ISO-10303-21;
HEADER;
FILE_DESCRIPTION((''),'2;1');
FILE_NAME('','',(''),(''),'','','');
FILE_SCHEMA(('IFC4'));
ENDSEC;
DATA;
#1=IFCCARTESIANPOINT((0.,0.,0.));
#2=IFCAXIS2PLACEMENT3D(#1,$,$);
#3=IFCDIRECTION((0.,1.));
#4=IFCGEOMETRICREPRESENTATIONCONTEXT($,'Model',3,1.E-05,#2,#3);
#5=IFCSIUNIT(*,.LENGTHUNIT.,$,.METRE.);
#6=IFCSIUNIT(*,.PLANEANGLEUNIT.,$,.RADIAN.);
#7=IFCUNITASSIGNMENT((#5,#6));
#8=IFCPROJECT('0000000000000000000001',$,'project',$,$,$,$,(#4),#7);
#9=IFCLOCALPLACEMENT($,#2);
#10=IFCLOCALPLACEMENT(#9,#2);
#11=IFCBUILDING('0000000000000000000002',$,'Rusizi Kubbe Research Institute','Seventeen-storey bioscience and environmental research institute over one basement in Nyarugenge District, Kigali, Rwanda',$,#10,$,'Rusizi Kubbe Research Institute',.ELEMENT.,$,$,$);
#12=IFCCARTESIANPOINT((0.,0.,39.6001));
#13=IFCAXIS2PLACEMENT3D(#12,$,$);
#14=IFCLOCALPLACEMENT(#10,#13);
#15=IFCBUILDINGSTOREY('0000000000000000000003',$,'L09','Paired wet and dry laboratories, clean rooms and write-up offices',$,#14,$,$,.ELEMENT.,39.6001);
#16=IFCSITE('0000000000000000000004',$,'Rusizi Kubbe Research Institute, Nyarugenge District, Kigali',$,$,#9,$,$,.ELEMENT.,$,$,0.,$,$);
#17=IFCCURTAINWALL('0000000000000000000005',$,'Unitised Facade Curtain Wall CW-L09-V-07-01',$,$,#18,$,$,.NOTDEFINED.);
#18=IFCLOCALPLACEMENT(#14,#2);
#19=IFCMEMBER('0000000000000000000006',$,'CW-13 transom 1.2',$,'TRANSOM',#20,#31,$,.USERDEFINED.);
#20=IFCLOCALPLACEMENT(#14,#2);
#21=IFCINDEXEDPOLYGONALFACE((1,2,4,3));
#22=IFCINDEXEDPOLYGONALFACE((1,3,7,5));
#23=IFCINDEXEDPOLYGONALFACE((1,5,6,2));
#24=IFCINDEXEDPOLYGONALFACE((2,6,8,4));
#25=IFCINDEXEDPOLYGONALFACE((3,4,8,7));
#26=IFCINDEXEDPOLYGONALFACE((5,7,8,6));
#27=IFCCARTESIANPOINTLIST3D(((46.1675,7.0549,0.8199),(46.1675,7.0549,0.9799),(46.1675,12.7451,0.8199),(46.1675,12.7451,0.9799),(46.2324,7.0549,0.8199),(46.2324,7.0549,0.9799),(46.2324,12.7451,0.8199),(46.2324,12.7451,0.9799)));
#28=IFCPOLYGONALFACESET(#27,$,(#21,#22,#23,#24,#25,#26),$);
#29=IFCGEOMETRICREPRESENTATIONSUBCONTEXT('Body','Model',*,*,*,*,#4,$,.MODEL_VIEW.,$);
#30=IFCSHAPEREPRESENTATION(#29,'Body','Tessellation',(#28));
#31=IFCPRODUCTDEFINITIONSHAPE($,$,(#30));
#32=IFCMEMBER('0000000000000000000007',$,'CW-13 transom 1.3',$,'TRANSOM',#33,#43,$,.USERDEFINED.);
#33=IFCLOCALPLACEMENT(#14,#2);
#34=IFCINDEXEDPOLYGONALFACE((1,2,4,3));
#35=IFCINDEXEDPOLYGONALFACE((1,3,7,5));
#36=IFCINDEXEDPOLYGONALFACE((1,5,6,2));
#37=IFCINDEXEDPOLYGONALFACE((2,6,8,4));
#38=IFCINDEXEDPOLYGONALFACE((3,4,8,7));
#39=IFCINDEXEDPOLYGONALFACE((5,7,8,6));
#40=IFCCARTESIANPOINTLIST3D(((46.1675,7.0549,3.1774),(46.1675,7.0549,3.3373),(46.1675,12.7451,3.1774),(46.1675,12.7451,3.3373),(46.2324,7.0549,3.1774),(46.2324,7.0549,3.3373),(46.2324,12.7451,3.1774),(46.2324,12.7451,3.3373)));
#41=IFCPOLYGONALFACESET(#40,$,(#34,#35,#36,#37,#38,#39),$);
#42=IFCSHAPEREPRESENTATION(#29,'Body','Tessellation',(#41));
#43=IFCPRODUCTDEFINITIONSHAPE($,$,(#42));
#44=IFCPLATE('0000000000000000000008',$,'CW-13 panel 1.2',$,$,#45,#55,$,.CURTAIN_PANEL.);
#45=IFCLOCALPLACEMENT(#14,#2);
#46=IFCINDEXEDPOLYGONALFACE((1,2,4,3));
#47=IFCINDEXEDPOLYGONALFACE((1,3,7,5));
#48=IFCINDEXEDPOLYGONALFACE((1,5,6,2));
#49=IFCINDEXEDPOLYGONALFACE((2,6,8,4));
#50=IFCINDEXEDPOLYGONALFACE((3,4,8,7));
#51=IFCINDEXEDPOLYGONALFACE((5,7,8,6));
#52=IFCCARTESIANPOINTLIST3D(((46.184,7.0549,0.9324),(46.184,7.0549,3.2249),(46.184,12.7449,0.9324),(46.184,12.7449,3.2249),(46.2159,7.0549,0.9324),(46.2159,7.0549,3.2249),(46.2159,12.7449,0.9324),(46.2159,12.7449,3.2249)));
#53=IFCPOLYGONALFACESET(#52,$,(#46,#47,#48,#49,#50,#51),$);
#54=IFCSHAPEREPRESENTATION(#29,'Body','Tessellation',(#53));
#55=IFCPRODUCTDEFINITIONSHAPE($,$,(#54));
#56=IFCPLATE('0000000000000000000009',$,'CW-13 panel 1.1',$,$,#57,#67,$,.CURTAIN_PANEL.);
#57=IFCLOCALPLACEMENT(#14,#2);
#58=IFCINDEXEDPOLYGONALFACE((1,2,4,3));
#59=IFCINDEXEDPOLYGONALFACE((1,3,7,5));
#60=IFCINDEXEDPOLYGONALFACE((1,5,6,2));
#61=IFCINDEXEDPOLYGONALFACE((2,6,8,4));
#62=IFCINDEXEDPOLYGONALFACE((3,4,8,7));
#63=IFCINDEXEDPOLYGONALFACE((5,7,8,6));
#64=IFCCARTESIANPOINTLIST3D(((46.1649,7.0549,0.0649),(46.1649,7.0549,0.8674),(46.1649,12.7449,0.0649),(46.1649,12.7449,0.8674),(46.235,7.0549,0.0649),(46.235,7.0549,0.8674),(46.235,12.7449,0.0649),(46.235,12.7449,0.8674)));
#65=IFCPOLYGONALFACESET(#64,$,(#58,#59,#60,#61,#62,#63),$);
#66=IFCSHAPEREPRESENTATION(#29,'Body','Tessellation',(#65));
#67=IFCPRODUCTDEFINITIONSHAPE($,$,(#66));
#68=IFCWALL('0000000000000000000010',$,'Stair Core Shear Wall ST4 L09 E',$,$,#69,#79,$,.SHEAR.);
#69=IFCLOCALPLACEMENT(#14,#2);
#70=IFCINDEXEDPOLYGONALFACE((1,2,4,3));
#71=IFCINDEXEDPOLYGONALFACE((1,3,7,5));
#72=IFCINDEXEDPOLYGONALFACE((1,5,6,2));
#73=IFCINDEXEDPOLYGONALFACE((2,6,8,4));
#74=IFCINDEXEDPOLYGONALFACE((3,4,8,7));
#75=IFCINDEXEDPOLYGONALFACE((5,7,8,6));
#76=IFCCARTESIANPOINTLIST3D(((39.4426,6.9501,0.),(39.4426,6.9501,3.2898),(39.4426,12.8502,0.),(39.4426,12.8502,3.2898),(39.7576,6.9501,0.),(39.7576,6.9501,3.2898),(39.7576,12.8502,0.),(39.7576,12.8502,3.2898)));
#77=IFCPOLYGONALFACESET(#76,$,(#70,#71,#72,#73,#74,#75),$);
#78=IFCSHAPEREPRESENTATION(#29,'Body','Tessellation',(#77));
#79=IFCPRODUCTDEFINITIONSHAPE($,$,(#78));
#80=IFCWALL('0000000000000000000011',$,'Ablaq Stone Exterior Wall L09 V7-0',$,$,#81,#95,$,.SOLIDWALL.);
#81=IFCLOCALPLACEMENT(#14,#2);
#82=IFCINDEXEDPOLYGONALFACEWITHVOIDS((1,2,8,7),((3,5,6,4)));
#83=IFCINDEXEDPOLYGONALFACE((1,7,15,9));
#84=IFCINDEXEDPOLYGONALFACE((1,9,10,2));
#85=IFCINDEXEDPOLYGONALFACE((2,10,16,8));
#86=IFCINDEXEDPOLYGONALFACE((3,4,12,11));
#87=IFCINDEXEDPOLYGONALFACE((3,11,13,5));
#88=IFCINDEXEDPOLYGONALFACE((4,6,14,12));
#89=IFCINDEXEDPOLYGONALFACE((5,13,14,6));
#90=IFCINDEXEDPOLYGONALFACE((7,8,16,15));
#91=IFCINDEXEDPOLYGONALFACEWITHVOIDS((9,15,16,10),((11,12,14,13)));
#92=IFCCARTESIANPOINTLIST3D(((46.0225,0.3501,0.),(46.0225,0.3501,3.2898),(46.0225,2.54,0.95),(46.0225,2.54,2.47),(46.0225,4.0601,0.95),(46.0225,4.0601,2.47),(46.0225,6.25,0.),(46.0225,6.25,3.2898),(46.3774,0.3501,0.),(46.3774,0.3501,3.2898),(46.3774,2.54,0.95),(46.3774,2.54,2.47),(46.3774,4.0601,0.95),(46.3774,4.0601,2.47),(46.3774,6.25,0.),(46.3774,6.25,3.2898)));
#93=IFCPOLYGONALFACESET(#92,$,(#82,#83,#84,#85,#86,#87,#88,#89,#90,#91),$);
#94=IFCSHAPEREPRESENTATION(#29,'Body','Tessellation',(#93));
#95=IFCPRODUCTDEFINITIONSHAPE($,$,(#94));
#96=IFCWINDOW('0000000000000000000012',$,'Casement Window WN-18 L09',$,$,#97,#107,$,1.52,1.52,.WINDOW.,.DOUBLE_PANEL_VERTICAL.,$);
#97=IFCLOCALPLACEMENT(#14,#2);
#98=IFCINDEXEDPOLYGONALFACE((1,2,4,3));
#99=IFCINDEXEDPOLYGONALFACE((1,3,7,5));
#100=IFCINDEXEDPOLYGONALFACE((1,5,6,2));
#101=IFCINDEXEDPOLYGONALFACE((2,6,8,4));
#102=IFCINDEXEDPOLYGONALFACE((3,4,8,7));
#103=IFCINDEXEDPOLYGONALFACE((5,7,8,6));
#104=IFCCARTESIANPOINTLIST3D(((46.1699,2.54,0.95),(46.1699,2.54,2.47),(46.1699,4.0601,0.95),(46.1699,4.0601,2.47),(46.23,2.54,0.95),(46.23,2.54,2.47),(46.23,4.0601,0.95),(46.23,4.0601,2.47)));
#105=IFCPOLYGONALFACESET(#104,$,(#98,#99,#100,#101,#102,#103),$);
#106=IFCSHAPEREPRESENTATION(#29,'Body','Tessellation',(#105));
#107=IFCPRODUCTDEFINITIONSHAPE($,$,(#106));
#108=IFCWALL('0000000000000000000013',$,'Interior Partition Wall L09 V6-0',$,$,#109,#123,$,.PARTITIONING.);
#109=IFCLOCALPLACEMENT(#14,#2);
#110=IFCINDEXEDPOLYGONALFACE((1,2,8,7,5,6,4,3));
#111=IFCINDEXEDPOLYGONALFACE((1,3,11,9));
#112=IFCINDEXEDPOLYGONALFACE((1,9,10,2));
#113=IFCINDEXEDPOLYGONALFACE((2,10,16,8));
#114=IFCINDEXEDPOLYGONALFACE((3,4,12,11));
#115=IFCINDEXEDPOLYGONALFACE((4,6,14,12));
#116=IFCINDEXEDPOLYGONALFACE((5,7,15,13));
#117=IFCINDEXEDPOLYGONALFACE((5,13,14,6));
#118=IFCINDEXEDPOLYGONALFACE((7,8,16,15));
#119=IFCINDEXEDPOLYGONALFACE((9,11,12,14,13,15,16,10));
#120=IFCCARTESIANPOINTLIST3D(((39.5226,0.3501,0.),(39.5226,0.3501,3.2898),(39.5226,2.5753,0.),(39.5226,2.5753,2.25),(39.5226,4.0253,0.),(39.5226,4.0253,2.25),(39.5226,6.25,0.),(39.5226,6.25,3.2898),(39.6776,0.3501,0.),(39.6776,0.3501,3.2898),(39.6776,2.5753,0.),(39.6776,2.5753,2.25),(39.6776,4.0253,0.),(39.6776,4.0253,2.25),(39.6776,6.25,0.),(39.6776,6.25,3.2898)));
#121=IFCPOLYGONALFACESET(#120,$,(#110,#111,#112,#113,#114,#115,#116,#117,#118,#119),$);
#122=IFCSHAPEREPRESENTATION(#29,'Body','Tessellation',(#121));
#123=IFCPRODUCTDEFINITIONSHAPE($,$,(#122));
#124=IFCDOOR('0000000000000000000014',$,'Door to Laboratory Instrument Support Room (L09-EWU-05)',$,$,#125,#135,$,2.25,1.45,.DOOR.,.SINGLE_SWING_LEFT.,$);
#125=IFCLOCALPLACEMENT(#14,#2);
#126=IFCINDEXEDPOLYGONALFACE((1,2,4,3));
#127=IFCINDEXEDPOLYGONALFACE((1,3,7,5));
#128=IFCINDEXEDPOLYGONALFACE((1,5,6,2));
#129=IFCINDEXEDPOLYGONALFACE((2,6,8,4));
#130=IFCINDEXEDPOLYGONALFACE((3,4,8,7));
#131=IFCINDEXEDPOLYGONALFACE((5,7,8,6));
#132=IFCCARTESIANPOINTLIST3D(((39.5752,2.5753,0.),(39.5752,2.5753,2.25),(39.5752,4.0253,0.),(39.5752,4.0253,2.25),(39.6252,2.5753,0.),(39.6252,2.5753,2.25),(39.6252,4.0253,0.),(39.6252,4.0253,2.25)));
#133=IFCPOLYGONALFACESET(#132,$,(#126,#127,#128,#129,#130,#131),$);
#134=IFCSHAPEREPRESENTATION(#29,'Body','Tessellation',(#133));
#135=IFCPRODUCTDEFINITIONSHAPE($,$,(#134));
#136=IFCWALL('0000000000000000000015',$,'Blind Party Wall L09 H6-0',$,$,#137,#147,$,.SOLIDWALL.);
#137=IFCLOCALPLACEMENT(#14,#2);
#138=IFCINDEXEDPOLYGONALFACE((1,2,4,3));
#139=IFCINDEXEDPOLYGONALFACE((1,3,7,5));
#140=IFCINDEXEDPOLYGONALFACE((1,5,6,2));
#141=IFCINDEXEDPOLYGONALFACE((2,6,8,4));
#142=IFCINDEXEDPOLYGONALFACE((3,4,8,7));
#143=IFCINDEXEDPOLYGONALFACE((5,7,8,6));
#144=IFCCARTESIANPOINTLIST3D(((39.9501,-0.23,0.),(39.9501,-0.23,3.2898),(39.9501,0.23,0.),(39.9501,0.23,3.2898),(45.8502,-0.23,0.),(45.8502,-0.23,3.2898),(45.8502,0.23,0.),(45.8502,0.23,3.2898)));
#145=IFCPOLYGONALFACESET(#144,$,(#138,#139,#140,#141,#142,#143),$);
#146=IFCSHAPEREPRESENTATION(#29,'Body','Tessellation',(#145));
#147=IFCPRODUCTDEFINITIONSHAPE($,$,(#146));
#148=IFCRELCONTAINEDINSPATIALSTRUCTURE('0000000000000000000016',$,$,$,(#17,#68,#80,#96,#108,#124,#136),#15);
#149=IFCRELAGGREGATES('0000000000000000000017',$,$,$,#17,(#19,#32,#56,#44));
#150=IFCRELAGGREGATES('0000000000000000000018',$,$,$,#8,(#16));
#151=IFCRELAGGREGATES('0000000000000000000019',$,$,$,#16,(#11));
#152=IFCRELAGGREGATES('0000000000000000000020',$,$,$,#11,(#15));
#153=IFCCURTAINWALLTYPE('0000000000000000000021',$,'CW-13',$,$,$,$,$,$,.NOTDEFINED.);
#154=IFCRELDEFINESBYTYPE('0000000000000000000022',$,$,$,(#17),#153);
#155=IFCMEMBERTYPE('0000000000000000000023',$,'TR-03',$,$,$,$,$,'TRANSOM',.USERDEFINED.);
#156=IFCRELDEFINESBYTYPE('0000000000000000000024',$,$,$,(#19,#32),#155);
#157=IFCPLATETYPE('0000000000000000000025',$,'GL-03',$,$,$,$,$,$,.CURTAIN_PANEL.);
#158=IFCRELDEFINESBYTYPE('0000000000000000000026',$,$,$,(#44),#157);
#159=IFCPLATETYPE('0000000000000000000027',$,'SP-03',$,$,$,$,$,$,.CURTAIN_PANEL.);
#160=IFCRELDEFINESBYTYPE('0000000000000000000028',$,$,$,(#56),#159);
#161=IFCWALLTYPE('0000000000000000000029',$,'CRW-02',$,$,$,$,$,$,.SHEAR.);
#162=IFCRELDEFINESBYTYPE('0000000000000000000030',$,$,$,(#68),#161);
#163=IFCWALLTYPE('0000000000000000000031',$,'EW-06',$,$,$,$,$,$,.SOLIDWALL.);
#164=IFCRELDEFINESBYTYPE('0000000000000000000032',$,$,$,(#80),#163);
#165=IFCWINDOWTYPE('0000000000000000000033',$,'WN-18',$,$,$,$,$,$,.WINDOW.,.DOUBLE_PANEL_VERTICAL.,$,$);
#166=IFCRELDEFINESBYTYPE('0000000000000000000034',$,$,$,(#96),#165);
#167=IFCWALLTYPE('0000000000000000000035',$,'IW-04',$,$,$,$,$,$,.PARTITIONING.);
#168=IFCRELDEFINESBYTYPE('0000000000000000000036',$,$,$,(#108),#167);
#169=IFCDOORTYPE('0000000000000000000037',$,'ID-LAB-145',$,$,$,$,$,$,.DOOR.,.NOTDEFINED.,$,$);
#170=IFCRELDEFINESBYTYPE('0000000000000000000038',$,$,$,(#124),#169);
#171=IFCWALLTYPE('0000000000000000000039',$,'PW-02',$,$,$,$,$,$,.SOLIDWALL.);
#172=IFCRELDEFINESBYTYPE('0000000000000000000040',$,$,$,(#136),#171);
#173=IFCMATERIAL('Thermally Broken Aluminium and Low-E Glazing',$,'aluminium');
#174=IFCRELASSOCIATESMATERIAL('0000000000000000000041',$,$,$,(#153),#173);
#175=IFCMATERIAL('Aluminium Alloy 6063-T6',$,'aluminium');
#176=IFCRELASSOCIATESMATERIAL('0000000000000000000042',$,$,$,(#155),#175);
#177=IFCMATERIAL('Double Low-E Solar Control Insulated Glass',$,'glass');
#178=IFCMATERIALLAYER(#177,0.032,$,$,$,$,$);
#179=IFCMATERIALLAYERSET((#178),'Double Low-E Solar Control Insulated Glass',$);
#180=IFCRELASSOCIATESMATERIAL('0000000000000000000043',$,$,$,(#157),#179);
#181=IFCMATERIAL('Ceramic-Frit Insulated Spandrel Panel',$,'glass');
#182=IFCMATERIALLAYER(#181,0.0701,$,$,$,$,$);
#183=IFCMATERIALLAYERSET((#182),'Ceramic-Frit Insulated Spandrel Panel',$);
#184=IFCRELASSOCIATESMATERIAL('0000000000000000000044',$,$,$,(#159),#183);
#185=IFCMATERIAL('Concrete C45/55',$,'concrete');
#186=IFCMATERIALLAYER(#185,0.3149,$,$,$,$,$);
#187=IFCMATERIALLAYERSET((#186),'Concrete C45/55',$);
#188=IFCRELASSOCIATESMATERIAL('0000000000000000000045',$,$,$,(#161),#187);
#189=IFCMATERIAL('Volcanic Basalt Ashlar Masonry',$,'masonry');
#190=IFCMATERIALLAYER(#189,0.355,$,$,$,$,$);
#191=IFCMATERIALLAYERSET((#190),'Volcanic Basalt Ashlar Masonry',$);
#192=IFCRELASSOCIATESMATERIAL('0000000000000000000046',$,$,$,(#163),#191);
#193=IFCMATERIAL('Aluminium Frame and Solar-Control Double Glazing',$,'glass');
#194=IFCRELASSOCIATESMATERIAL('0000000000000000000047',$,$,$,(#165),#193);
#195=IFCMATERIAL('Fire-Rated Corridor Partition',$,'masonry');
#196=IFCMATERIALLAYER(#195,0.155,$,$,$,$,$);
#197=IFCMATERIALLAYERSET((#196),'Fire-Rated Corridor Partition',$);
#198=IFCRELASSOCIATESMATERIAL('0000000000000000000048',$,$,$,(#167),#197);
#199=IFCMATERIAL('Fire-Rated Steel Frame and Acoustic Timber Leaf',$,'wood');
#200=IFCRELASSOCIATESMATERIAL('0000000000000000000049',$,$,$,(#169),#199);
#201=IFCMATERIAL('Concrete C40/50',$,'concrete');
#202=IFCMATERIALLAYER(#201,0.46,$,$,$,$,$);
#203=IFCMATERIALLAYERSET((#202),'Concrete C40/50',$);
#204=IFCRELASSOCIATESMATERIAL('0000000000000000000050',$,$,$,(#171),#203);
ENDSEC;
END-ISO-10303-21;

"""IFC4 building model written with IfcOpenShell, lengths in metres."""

from ifc_helpers import new_model, si_unit, direction, frame, frame_2d, origin, origin_2d, place, context, subcontext, project, spatial, rectangle, extrude, material, layer, layer_set, material_profile, profile_set, type_object, element, fill, aggregate, save


model = new_model("IFC4")

# Units and contexts
model_context = context("Model", 3, precision=1e-05, world=origin(), true_north=direction((0.0, 1.0)))
body_context = subcontext(model_context, "Body", "Model", "MODEL_VIEW")
ifc_project = project(units=[si_unit("LENGTHUNIT", "METRE"), si_unit("PLANEANGLEUNIT", "RADIAN")], contexts=[model_context])

# Site, building, storey
site_placement = place(None, origin())
site = spatial("IfcSite", under=ifc_project, at=site_placement, Name="Rusizi Kubbe Research Institute, Nyarugenge District, Kigali", CompositionType="ELEMENT", RefElevation=0.0)
building_placement = place(site_placement, origin())
building = spatial("IfcBuilding", under=site, at=building_placement, Name="Rusizi Kubbe Research Institute", Description="Seventeen-storey bioscience and environmental research institute over one basement in Nyarugenge District, Kigali, Rwanda", LongName="Rusizi Kubbe Research Institute", CompositionType="ELEMENT")
storey_placement = place(building_placement, frame((0.0, 0.0, 39.6001)))
storey = spatial("IfcBuildingStorey", under=building, at=storey_placement, Name="L09", Description="Paired wet and dry laboratories, clean rooms and write-up offices", CompositionType="ELEMENT", Elevation=39.6001)

# Curtain wall, members, plates
ifc_material_1 = material(Name="Thermally Broken Aluminium and Low-E Glazing", Category="aluminium")
curtain_wall_type = type_object("IfcCurtainWallType", Name="CW-13", PredefinedType="NOTDEFINED", material=ifc_material_1)
curtain_wall_placement = place(storey_placement, origin())
curtain_wall = element("IfcCurtainWall", 1, at=curtain_wall_placement, inside=storey, type_object=curtain_wall_type, Name="Unitised Facade Curtain Wall CW-L09-V-07-01", PredefinedType="NOTDEFINED")
ifc_material_2 = material(Name="Aluminium Alloy 6063-T6", Category="aluminium")
ifc_material_profile_1 = material_profile(ifc_material_2, rectangle(XDim=0.0649, YDim=0.1599, at=origin_2d()), Name="ALU-T 65x160")
ifc_profile_set_1 = profile_set([ifc_material_profile_1], Name="Aluminium Alloy 6063-T6")
member_type_1 = type_object("IfcMemberType", Name="TR-03", ElementType="TRANSOM", PredefinedType="USERDEFINED", material=ifc_profile_set_1)
member_1_placement = place(storey_placement, frame((46.2, 7.0549, 0.8999), z_axis=(0.0, 1.0, 0.0), x_axis=(-1.0, 0.0, 0.0)))
member_1 = element("IfcMember", 2, at=member_1_placement, type_object=member_type_1, Name="CW-13 transom 1.2", ObjectType="TRANSOM", PredefinedType="USERDEFINED", context=body_context, shape_type="SweptSolid", body=[
    extrude(rectangle(XDim=0.0649, YDim=0.1599, at=origin_2d()), origin(), (0.0, 0.0, 1.0), 5.6902),
])
member_2_placement = place(storey_placement, frame((46.2, 7.0549, 3.2573), z_axis=(0.0, 1.0, 0.0), x_axis=(-1.0, 0.0, 0.0)))
member_2 = element("IfcMember", 3, at=member_2_placement, type_object=member_type_1, Name="CW-13 transom 1.3", ObjectType="TRANSOM", PredefinedType="USERDEFINED", context=body_context, shape_type="SweptSolid", body=[
    extrude(rectangle(XDim=0.0649, YDim=0.1599, at=origin_2d()), origin(), (0.0, 0.0, 1.0), 5.6902),
])
ifc_material_3 = material(Name="Double Low-E Solar Control Insulated Glass", Category="glass")
ifc_layer_1 = layer(ifc_material_3, 0.032)
ifc_layer_set_1 = layer_set([ifc_layer_1], Name="Double Low-E Solar Control Insulated Glass")
plate_type_1 = type_object("IfcPlateType", Name="GL-03", PredefinedType="CURTAIN_PANEL", material=ifc_layer_set_1)
plate_1_placement = place(storey_placement, frame((46.2, 9.8999, 0.9324), z_axis=(0.0, 0.0, 1.0), x_axis=(0.0, 1.0, 0.0)))
plate_1 = element("IfcPlate", 4, at=plate_1_placement, type_object=plate_type_1, Name="CW-13 panel 1.2", PredefinedType="CURTAIN_PANEL", context=body_context, shape_type="SweptSolid", body=[
    extrude(rectangle(XDim=5.6899, YDim=0.032, at=origin_2d()), origin(), (0.0, 0.0, 1.0), 2.2925),
])
ifc_material_4 = material(Name="Ceramic-Frit Insulated Spandrel Panel", Category="glass")
ifc_layer_2 = layer(ifc_material_4, 0.0701)
ifc_layer_set_2 = layer_set([ifc_layer_2], Name="Ceramic-Frit Insulated Spandrel Panel")
plate_type_2 = type_object("IfcPlateType", Name="SP-03", PredefinedType="CURTAIN_PANEL", material=ifc_layer_set_2)
plate_2_placement = place(storey_placement, frame((46.2, 9.8999, 0.0649), z_axis=(0.0, 0.0, 1.0), x_axis=(0.0, 1.0, 0.0)))
plate_2 = element("IfcPlate", 5, at=plate_2_placement, type_object=plate_type_2, Name="CW-13 panel 1.1", PredefinedType="CURTAIN_PANEL", context=body_context, shape_type="SweptSolid", body=[
    extrude(rectangle(XDim=5.6899, YDim=0.0701, at=origin_2d()), origin(), (0.0, 0.0, 1.0), 0.8025),
])
aggregate(curtain_wall, [member_1, member_2, plate_2, plate_1])

# Wall
ifc_material_5 = material(Name="Concrete C45/55", Category="concrete")
ifc_layer_3 = layer(ifc_material_5, 0.3149)
ifc_layer_set_3 = layer_set([ifc_layer_3], Name="Concrete C45/55")
wall_type_1 = type_object("IfcWallType", Name="CRW-02", PredefinedType="SHEAR", material=ifc_layer_set_3)
wall_1_placement = place(storey_placement, frame((39.6001, 6.95, 0.0), z_axis=(0.0, 0.0, 1.0), x_axis=(0.0, 1.0, 0.0)))
element("IfcWall", 6, at=wall_1_placement, inside=storey, type_object=wall_type_1, Name="Stair Core Shear Wall ST4 L09 E", PredefinedType="SHEAR", context=body_context, shape_type="SweptSolid", body=[
    extrude(rectangle(XDim=5.9001, YDim=0.3149, at=frame_2d((2.9502, 0.0))), origin(), (0.0, 0.0, 1.0), 3.2898),
])

# Wall, opening, window
ifc_material_6 = material(Name="Volcanic Basalt Ashlar Masonry", Category="masonry")
ifc_layer_4 = layer(ifc_material_6, 0.355)
ifc_layer_set_4 = layer_set([ifc_layer_4], Name="Volcanic Basalt Ashlar Masonry")
wall_type_2 = type_object("IfcWallType", Name="EW-06", PredefinedType="SOLIDWALL", material=ifc_layer_set_4)
wall_2_placement = place(storey_placement, frame((46.2, 0.3501, 0.0), z_axis=(0.0, 0.0, 1.0), x_axis=(0.0, 1.0, 0.0)))
wall_2 = element("IfcWall", 7, at=wall_2_placement, inside=storey, type_object=wall_type_2, Name="Ablaq Stone Exterior Wall L09 V7-0", PredefinedType="SOLIDWALL", context=body_context, shape_type="SweptSolid", body=[
    extrude(rectangle(XDim=5.8999, YDim=0.355, at=frame_2d((2.95, 0.0))), origin(), (0.0, 0.0, 1.0), 3.2898),
])
opening_1_placement = place(wall_2_placement, frame((2.1899, 0.0, 0.95)))
opening_1 = element("IfcOpeningElement", 8, at=opening_1_placement, cuts=wall_2, PredefinedType="OPENING", context=body_context, shape_type="SweptSolid", body=[
    extrude(rectangle(XDim=1.52, YDim=1.52, at=frame_2d((0.76, 0.76))), frame((0.0, 0.1875, 0.0), z_axis=(0.0, -1.0, 0.0), x_axis=(1.0, 0.0, 0.0)), (0.0, 0.0, 1.0), 0.375),
])
ifc_material_7 = material(Name="Aluminium Frame and Solar-Control Double Glazing", Category="glass")
window_type = type_object("IfcWindowType", Name="WN-18", PartitioningType="DOUBLE_PANEL_VERTICAL", PredefinedType="WINDOW", material=ifc_material_7)
window_placement = place(opening_1_placement, origin())
window = element("IfcWindow", 9, at=window_placement, inside=storey, type_object=window_type, Name="Casement Window WN-18 L09", OverallHeight=1.52, OverallWidth=1.52, PartitioningType="DOUBLE_PANEL_VERTICAL", PredefinedType="WINDOW", context=body_context, shape_type="SweptSolid", body=[
    extrude(rectangle(XDim=1.52, YDim=1.52, at=frame_2d((0.76, 0.76))), frame((0.0, 0.03, 0.0), z_axis=(0.0, -1.0, 0.0), x_axis=(1.0, 0.0, 0.0)), (0.0, 0.0, 1.0), 0.0601),
])
fill(opening_1, window)

# Wall, opening, door
ifc_material_8 = material(Name="Fire-Rated Corridor Partition", Category="masonry")
ifc_layer_5 = layer(ifc_material_8, 0.155)
ifc_layer_set_5 = layer_set([ifc_layer_5], Name="Fire-Rated Corridor Partition")
wall_type_3 = type_object("IfcWallType", Name="IW-04", PredefinedType="PARTITIONING", material=ifc_layer_set_5)
wall_3_placement = place(storey_placement, frame((39.6001, 0.3501, 0.0), z_axis=(0.0, 0.0, 1.0), x_axis=(0.0, 1.0, 0.0)))
wall_3 = element("IfcWall", 10, at=wall_3_placement, inside=storey, type_object=wall_type_3, Name="Interior Partition Wall L09 V6-0", PredefinedType="PARTITIONING", context=body_context, shape_type="SweptSolid", body=[
    extrude(rectangle(XDim=5.8999, YDim=0.155, at=frame_2d((2.95, 0.0))), origin(), (0.0, 0.0, 1.0), 3.2898),
])
opening_2_placement = place(wall_3_placement, frame((2.2251, 0.0, 0.0)))
opening_2 = element("IfcOpeningElement", 11, at=opening_2_placement, cuts=wall_3, PredefinedType="OPENING", context=body_context, shape_type="SweptSolid", body=[
    extrude(rectangle(XDim=1.45, YDim=2.25, at=frame_2d((0.7251, 1.125))), frame((0.0, 0.0874, 0.0), z_axis=(0.0, -1.0, 0.0), x_axis=(1.0, 0.0, 0.0)), (0.0, 0.0, 1.0), 0.175),
])
ifc_material_9 = material(Name="Fire-Rated Steel Frame and Acoustic Timber Leaf", Category="wood")
door_type = type_object("IfcDoorType", Name="ID-LAB-145", OperationType="NOTDEFINED", PredefinedType="DOOR", material=ifc_material_9)
door_placement = place(opening_2_placement, origin())
door = element("IfcDoor", 12, at=door_placement, inside=storey, type_object=door_type, Name="Door to Laboratory Instrument Support Room (L09-EWU-05)", OperationType="SINGLE_SWING_LEFT", OverallHeight=2.25, OverallWidth=1.45, PredefinedType="DOOR", context=body_context, shape_type="SweptSolid", body=[
    extrude(rectangle(XDim=1.45, YDim=2.25, at=frame_2d((0.7251, 1.125))), frame((0.0, 0.0249, 0.0), z_axis=(0.0, -1.0, 0.0), x_axis=(1.0, 0.0, 0.0)), (0.0, 0.0, 1.0), 0.05),
])
fill(opening_2, door)

# Wall
ifc_material_10 = material(Name="Concrete C40/50", Category="concrete")
ifc_layer_6 = layer(ifc_material_10, 0.46)
ifc_layer_set_6 = layer_set([ifc_layer_6], Name="Concrete C40/50")
wall_type_4 = type_object("IfcWallType", Name="PW-02", PredefinedType="SOLIDWALL", material=ifc_layer_set_6)
wall_4_placement = place(storey_placement, frame((39.95, 0.0, 0.0), z_axis=(0.0, 0.0, 1.0), x_axis=(1.0, 0.0, 0.0)))
element("IfcWall", 13, at=wall_4_placement, inside=storey, type_object=wall_type_4, Name="Blind Party Wall L09 H6-0", PredefinedType="SOLIDWALL", context=body_context, shape_type="SweptSolid", body=[
    extrude(rectangle(XDim=5.9001, YDim=0.46, at=frame_2d((2.9502, 0.0))), origin(), (0.0, 0.0, 1.0), 3.2898),
])

save(model, "model.ifc")
